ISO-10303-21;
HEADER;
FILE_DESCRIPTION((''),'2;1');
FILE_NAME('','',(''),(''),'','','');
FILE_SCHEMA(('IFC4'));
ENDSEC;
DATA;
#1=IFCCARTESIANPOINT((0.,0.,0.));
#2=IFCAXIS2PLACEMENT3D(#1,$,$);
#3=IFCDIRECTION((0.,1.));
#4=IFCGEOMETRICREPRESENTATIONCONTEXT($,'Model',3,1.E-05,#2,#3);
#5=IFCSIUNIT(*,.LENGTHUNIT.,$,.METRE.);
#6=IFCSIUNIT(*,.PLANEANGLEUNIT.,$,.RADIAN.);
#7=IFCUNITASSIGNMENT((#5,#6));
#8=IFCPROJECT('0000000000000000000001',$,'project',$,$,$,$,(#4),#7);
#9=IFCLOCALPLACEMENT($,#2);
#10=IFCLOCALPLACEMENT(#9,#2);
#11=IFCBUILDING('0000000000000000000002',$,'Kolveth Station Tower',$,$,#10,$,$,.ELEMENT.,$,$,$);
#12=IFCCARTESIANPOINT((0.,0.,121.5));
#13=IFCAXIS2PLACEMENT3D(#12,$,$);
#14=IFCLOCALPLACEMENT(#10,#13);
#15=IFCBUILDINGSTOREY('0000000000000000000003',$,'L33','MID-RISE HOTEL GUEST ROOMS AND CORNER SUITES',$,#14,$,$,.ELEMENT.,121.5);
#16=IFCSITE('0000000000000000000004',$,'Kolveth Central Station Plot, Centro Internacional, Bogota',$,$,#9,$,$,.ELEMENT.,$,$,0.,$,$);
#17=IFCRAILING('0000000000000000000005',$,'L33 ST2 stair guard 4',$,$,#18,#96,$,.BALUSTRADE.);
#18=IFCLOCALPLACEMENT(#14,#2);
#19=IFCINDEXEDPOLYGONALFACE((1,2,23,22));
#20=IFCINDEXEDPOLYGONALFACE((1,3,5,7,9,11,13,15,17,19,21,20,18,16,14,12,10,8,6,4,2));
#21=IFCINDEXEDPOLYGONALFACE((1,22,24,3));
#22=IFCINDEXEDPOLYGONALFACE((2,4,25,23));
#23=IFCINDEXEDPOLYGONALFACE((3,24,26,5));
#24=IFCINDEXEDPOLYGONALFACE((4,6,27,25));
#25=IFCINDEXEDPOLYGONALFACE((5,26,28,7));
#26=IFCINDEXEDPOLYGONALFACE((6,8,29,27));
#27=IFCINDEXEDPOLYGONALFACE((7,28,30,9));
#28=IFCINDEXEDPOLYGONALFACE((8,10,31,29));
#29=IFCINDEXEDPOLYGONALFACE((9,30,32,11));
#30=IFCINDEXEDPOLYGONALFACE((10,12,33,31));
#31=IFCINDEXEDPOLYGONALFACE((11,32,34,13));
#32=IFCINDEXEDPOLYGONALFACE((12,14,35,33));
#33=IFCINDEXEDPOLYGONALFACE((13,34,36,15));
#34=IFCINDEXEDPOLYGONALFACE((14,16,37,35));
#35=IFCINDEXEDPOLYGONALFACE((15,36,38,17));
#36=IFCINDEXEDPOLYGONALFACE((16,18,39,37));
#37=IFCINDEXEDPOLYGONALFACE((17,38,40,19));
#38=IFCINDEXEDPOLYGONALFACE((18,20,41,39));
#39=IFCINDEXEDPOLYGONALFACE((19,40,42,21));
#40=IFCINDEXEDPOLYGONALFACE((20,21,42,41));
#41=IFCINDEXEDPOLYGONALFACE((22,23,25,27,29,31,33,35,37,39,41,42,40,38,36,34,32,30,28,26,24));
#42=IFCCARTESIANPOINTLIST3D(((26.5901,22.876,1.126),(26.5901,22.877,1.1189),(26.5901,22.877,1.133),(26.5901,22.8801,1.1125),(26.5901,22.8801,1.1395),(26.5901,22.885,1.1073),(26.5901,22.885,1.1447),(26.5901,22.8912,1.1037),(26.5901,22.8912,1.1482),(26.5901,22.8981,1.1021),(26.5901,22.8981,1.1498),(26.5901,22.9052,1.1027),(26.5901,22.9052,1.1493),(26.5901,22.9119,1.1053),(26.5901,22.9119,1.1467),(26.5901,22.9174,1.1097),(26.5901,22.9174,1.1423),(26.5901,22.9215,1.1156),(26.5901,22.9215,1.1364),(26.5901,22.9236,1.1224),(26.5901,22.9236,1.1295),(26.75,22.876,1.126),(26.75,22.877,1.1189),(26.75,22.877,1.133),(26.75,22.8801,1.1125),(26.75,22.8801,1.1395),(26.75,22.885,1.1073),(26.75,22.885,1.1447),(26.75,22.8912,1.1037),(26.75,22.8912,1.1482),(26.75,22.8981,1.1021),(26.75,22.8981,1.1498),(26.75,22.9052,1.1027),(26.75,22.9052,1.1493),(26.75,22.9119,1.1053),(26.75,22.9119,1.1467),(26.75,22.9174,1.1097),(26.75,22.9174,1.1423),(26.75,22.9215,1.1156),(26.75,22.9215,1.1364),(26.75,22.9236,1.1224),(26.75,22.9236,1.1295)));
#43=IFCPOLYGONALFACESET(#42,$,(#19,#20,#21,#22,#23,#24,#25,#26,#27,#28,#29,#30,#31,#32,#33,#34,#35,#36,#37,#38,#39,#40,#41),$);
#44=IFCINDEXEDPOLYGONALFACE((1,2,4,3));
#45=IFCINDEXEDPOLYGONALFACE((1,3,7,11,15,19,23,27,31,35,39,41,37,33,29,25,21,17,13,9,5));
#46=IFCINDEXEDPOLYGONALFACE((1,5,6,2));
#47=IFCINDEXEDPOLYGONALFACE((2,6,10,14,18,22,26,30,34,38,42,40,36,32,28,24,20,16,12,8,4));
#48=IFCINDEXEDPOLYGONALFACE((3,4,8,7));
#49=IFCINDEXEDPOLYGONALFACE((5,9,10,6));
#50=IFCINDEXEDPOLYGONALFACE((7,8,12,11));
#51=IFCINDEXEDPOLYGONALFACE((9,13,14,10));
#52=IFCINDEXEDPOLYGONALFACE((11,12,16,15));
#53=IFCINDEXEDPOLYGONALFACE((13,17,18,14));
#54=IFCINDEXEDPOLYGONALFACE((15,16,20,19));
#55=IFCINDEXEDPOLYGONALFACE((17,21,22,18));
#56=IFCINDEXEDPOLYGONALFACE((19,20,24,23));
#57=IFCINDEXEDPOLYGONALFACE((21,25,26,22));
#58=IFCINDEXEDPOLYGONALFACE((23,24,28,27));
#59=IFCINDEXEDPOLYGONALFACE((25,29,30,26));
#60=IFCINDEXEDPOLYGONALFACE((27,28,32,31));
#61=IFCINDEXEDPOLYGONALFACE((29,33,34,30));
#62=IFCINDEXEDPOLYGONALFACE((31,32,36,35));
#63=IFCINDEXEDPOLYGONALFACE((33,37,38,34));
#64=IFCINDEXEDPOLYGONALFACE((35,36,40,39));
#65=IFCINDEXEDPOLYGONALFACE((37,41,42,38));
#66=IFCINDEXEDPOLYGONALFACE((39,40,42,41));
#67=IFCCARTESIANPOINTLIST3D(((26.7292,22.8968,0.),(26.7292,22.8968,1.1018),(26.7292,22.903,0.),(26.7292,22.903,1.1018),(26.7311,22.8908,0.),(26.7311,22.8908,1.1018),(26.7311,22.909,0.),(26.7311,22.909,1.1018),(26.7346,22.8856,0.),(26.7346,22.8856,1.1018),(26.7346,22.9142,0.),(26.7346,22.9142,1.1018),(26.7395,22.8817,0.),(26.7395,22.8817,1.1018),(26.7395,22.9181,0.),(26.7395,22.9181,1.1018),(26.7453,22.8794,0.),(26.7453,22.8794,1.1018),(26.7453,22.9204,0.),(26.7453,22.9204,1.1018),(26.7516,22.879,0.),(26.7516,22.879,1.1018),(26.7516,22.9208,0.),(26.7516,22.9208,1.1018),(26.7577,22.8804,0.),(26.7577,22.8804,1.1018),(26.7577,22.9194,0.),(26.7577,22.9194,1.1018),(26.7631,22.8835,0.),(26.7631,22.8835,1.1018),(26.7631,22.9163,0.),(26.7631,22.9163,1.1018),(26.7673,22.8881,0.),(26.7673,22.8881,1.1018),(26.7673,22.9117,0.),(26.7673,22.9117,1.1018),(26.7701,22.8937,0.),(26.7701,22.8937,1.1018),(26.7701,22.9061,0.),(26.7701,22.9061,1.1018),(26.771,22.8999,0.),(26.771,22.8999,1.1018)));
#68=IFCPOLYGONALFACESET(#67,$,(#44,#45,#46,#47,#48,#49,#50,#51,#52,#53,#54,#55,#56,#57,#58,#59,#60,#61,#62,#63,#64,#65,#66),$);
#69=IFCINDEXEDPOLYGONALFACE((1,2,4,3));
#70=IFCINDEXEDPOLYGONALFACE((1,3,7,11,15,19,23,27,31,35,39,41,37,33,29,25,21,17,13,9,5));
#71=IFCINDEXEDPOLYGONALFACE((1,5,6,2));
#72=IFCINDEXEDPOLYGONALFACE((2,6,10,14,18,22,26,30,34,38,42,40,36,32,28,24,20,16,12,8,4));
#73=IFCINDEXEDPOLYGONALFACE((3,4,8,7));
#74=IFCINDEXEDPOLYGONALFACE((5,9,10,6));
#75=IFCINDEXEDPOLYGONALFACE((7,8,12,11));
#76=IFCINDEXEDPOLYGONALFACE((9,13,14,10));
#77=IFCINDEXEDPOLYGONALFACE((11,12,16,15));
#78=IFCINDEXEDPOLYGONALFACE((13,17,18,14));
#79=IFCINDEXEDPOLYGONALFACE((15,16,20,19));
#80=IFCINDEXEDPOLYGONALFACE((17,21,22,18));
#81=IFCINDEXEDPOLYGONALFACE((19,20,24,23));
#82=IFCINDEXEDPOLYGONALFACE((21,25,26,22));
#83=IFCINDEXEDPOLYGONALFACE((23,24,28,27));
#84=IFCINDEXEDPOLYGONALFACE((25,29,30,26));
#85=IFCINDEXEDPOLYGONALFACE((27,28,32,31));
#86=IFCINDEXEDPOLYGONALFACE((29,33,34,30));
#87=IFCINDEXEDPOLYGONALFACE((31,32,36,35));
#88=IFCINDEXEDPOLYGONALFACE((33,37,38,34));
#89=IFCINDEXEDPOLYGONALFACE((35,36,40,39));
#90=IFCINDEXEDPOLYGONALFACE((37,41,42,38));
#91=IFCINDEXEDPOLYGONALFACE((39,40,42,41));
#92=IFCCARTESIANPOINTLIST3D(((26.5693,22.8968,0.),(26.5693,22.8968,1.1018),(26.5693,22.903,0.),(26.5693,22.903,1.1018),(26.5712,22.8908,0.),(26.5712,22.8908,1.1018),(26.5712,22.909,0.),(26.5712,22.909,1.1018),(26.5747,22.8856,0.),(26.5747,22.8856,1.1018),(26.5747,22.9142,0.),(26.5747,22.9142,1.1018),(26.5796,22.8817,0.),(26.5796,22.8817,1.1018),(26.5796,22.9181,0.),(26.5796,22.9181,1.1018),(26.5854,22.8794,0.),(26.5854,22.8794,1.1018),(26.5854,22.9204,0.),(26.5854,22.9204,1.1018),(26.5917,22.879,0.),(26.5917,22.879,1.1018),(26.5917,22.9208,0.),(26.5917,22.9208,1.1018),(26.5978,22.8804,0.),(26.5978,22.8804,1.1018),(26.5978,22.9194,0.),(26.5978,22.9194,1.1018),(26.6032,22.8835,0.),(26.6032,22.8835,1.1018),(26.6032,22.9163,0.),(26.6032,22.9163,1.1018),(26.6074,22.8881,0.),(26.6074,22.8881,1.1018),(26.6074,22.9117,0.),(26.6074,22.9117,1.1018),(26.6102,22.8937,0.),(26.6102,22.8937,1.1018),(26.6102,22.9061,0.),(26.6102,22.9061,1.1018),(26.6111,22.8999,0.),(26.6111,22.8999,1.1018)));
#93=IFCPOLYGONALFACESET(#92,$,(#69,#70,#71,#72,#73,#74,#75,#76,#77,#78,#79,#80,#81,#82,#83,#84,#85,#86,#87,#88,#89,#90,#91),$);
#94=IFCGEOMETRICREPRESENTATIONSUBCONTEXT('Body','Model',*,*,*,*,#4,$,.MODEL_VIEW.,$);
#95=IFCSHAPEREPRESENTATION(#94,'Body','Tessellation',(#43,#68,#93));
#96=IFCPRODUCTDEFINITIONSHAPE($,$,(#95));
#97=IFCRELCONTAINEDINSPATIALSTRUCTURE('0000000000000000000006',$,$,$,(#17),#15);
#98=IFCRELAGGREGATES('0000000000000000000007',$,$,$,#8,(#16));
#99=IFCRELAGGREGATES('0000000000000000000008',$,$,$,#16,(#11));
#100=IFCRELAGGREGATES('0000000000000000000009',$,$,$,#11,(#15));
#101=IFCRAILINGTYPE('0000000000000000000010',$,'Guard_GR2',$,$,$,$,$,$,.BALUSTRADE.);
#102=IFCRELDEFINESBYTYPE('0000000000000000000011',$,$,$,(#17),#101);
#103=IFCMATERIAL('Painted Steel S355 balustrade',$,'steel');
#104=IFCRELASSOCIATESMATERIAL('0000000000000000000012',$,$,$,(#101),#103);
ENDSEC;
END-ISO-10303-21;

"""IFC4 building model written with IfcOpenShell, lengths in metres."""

from ifc_helpers import new_model, si_unit, direction, frame, origin, origin_2d, place, context, subcontext, project, spatial, circle, extrude, material, type_object, element, save


model = new_model("IFC4")

# Units and contexts
model_context = context("Model", 3, precision=1e-05, world=origin(), true_north=direction((0.0, 1.0)))
body_context = subcontext(model_context, "Body", "Model", "MODEL_VIEW")
ifc_project = project(units=[si_unit("LENGTHUNIT", "METRE"), si_unit("PLANEANGLEUNIT", "RADIAN")], contexts=[model_context])

# Site, building, storey
site_placement = place(None, origin())
site = spatial("IfcSite", under=ifc_project, at=site_placement, Name="Kolveth Central Station Plot, Centro Internacional, Bogota", CompositionType="ELEMENT", RefElevation=0.0)
building_placement = place(site_placement, origin())
building = spatial("IfcBuilding", under=site, at=building_placement, Name="Kolveth Station Tower", CompositionType="ELEMENT")
storey_placement = place(building_placement, frame((0.0, 0.0, 121.5)))
storey = spatial("IfcBuildingStorey", under=building, at=storey_placement, Name="L33", Description="MID-RISE HOTEL GUEST ROOMS AND CORNER SUITES", CompositionType="ELEMENT", Elevation=121.5)

# Railing
ifc_material_1 = material(Name="Painted Steel S355 balustrade", Category="steel")
railing_type_1 = type_object("IfcRailingType", Name="Guard_GR2", PredefinedType="BALUSTRADE", material=ifc_material_1)
railing_1_placement = place(storey_placement, frame((26.75, 22.8999, 0.0)))
element("IfcRailing", 1, at=railing_1_placement, inside=storey, type_object=railing_type_1, Name="L33 ST2 stair guard 4", PredefinedType="BALUSTRADE", context=body_context, shape_type="SweptSolid", body=[
    extrude(circle(Radius=0.0239, at=origin_2d()), frame((0.0, 0.0, 1.126), z_axis=(-1.0, 0.0, 0.0), x_axis=(0.0, -1.0, 0.0)), (0.0, 0.0, 1.0), 0.1599),
    extrude(circle(Radius=0.021, at=origin_2d()), origin(), (0.0, 0.0, 1.0), 1.1018),
    extrude(circle(Radius=0.021, at=origin_2d()), frame((-0.1599, 0.0, 0.0)), (0.0, 0.0, 1.0), 1.1018),
])

save(model, "model.ifc")
